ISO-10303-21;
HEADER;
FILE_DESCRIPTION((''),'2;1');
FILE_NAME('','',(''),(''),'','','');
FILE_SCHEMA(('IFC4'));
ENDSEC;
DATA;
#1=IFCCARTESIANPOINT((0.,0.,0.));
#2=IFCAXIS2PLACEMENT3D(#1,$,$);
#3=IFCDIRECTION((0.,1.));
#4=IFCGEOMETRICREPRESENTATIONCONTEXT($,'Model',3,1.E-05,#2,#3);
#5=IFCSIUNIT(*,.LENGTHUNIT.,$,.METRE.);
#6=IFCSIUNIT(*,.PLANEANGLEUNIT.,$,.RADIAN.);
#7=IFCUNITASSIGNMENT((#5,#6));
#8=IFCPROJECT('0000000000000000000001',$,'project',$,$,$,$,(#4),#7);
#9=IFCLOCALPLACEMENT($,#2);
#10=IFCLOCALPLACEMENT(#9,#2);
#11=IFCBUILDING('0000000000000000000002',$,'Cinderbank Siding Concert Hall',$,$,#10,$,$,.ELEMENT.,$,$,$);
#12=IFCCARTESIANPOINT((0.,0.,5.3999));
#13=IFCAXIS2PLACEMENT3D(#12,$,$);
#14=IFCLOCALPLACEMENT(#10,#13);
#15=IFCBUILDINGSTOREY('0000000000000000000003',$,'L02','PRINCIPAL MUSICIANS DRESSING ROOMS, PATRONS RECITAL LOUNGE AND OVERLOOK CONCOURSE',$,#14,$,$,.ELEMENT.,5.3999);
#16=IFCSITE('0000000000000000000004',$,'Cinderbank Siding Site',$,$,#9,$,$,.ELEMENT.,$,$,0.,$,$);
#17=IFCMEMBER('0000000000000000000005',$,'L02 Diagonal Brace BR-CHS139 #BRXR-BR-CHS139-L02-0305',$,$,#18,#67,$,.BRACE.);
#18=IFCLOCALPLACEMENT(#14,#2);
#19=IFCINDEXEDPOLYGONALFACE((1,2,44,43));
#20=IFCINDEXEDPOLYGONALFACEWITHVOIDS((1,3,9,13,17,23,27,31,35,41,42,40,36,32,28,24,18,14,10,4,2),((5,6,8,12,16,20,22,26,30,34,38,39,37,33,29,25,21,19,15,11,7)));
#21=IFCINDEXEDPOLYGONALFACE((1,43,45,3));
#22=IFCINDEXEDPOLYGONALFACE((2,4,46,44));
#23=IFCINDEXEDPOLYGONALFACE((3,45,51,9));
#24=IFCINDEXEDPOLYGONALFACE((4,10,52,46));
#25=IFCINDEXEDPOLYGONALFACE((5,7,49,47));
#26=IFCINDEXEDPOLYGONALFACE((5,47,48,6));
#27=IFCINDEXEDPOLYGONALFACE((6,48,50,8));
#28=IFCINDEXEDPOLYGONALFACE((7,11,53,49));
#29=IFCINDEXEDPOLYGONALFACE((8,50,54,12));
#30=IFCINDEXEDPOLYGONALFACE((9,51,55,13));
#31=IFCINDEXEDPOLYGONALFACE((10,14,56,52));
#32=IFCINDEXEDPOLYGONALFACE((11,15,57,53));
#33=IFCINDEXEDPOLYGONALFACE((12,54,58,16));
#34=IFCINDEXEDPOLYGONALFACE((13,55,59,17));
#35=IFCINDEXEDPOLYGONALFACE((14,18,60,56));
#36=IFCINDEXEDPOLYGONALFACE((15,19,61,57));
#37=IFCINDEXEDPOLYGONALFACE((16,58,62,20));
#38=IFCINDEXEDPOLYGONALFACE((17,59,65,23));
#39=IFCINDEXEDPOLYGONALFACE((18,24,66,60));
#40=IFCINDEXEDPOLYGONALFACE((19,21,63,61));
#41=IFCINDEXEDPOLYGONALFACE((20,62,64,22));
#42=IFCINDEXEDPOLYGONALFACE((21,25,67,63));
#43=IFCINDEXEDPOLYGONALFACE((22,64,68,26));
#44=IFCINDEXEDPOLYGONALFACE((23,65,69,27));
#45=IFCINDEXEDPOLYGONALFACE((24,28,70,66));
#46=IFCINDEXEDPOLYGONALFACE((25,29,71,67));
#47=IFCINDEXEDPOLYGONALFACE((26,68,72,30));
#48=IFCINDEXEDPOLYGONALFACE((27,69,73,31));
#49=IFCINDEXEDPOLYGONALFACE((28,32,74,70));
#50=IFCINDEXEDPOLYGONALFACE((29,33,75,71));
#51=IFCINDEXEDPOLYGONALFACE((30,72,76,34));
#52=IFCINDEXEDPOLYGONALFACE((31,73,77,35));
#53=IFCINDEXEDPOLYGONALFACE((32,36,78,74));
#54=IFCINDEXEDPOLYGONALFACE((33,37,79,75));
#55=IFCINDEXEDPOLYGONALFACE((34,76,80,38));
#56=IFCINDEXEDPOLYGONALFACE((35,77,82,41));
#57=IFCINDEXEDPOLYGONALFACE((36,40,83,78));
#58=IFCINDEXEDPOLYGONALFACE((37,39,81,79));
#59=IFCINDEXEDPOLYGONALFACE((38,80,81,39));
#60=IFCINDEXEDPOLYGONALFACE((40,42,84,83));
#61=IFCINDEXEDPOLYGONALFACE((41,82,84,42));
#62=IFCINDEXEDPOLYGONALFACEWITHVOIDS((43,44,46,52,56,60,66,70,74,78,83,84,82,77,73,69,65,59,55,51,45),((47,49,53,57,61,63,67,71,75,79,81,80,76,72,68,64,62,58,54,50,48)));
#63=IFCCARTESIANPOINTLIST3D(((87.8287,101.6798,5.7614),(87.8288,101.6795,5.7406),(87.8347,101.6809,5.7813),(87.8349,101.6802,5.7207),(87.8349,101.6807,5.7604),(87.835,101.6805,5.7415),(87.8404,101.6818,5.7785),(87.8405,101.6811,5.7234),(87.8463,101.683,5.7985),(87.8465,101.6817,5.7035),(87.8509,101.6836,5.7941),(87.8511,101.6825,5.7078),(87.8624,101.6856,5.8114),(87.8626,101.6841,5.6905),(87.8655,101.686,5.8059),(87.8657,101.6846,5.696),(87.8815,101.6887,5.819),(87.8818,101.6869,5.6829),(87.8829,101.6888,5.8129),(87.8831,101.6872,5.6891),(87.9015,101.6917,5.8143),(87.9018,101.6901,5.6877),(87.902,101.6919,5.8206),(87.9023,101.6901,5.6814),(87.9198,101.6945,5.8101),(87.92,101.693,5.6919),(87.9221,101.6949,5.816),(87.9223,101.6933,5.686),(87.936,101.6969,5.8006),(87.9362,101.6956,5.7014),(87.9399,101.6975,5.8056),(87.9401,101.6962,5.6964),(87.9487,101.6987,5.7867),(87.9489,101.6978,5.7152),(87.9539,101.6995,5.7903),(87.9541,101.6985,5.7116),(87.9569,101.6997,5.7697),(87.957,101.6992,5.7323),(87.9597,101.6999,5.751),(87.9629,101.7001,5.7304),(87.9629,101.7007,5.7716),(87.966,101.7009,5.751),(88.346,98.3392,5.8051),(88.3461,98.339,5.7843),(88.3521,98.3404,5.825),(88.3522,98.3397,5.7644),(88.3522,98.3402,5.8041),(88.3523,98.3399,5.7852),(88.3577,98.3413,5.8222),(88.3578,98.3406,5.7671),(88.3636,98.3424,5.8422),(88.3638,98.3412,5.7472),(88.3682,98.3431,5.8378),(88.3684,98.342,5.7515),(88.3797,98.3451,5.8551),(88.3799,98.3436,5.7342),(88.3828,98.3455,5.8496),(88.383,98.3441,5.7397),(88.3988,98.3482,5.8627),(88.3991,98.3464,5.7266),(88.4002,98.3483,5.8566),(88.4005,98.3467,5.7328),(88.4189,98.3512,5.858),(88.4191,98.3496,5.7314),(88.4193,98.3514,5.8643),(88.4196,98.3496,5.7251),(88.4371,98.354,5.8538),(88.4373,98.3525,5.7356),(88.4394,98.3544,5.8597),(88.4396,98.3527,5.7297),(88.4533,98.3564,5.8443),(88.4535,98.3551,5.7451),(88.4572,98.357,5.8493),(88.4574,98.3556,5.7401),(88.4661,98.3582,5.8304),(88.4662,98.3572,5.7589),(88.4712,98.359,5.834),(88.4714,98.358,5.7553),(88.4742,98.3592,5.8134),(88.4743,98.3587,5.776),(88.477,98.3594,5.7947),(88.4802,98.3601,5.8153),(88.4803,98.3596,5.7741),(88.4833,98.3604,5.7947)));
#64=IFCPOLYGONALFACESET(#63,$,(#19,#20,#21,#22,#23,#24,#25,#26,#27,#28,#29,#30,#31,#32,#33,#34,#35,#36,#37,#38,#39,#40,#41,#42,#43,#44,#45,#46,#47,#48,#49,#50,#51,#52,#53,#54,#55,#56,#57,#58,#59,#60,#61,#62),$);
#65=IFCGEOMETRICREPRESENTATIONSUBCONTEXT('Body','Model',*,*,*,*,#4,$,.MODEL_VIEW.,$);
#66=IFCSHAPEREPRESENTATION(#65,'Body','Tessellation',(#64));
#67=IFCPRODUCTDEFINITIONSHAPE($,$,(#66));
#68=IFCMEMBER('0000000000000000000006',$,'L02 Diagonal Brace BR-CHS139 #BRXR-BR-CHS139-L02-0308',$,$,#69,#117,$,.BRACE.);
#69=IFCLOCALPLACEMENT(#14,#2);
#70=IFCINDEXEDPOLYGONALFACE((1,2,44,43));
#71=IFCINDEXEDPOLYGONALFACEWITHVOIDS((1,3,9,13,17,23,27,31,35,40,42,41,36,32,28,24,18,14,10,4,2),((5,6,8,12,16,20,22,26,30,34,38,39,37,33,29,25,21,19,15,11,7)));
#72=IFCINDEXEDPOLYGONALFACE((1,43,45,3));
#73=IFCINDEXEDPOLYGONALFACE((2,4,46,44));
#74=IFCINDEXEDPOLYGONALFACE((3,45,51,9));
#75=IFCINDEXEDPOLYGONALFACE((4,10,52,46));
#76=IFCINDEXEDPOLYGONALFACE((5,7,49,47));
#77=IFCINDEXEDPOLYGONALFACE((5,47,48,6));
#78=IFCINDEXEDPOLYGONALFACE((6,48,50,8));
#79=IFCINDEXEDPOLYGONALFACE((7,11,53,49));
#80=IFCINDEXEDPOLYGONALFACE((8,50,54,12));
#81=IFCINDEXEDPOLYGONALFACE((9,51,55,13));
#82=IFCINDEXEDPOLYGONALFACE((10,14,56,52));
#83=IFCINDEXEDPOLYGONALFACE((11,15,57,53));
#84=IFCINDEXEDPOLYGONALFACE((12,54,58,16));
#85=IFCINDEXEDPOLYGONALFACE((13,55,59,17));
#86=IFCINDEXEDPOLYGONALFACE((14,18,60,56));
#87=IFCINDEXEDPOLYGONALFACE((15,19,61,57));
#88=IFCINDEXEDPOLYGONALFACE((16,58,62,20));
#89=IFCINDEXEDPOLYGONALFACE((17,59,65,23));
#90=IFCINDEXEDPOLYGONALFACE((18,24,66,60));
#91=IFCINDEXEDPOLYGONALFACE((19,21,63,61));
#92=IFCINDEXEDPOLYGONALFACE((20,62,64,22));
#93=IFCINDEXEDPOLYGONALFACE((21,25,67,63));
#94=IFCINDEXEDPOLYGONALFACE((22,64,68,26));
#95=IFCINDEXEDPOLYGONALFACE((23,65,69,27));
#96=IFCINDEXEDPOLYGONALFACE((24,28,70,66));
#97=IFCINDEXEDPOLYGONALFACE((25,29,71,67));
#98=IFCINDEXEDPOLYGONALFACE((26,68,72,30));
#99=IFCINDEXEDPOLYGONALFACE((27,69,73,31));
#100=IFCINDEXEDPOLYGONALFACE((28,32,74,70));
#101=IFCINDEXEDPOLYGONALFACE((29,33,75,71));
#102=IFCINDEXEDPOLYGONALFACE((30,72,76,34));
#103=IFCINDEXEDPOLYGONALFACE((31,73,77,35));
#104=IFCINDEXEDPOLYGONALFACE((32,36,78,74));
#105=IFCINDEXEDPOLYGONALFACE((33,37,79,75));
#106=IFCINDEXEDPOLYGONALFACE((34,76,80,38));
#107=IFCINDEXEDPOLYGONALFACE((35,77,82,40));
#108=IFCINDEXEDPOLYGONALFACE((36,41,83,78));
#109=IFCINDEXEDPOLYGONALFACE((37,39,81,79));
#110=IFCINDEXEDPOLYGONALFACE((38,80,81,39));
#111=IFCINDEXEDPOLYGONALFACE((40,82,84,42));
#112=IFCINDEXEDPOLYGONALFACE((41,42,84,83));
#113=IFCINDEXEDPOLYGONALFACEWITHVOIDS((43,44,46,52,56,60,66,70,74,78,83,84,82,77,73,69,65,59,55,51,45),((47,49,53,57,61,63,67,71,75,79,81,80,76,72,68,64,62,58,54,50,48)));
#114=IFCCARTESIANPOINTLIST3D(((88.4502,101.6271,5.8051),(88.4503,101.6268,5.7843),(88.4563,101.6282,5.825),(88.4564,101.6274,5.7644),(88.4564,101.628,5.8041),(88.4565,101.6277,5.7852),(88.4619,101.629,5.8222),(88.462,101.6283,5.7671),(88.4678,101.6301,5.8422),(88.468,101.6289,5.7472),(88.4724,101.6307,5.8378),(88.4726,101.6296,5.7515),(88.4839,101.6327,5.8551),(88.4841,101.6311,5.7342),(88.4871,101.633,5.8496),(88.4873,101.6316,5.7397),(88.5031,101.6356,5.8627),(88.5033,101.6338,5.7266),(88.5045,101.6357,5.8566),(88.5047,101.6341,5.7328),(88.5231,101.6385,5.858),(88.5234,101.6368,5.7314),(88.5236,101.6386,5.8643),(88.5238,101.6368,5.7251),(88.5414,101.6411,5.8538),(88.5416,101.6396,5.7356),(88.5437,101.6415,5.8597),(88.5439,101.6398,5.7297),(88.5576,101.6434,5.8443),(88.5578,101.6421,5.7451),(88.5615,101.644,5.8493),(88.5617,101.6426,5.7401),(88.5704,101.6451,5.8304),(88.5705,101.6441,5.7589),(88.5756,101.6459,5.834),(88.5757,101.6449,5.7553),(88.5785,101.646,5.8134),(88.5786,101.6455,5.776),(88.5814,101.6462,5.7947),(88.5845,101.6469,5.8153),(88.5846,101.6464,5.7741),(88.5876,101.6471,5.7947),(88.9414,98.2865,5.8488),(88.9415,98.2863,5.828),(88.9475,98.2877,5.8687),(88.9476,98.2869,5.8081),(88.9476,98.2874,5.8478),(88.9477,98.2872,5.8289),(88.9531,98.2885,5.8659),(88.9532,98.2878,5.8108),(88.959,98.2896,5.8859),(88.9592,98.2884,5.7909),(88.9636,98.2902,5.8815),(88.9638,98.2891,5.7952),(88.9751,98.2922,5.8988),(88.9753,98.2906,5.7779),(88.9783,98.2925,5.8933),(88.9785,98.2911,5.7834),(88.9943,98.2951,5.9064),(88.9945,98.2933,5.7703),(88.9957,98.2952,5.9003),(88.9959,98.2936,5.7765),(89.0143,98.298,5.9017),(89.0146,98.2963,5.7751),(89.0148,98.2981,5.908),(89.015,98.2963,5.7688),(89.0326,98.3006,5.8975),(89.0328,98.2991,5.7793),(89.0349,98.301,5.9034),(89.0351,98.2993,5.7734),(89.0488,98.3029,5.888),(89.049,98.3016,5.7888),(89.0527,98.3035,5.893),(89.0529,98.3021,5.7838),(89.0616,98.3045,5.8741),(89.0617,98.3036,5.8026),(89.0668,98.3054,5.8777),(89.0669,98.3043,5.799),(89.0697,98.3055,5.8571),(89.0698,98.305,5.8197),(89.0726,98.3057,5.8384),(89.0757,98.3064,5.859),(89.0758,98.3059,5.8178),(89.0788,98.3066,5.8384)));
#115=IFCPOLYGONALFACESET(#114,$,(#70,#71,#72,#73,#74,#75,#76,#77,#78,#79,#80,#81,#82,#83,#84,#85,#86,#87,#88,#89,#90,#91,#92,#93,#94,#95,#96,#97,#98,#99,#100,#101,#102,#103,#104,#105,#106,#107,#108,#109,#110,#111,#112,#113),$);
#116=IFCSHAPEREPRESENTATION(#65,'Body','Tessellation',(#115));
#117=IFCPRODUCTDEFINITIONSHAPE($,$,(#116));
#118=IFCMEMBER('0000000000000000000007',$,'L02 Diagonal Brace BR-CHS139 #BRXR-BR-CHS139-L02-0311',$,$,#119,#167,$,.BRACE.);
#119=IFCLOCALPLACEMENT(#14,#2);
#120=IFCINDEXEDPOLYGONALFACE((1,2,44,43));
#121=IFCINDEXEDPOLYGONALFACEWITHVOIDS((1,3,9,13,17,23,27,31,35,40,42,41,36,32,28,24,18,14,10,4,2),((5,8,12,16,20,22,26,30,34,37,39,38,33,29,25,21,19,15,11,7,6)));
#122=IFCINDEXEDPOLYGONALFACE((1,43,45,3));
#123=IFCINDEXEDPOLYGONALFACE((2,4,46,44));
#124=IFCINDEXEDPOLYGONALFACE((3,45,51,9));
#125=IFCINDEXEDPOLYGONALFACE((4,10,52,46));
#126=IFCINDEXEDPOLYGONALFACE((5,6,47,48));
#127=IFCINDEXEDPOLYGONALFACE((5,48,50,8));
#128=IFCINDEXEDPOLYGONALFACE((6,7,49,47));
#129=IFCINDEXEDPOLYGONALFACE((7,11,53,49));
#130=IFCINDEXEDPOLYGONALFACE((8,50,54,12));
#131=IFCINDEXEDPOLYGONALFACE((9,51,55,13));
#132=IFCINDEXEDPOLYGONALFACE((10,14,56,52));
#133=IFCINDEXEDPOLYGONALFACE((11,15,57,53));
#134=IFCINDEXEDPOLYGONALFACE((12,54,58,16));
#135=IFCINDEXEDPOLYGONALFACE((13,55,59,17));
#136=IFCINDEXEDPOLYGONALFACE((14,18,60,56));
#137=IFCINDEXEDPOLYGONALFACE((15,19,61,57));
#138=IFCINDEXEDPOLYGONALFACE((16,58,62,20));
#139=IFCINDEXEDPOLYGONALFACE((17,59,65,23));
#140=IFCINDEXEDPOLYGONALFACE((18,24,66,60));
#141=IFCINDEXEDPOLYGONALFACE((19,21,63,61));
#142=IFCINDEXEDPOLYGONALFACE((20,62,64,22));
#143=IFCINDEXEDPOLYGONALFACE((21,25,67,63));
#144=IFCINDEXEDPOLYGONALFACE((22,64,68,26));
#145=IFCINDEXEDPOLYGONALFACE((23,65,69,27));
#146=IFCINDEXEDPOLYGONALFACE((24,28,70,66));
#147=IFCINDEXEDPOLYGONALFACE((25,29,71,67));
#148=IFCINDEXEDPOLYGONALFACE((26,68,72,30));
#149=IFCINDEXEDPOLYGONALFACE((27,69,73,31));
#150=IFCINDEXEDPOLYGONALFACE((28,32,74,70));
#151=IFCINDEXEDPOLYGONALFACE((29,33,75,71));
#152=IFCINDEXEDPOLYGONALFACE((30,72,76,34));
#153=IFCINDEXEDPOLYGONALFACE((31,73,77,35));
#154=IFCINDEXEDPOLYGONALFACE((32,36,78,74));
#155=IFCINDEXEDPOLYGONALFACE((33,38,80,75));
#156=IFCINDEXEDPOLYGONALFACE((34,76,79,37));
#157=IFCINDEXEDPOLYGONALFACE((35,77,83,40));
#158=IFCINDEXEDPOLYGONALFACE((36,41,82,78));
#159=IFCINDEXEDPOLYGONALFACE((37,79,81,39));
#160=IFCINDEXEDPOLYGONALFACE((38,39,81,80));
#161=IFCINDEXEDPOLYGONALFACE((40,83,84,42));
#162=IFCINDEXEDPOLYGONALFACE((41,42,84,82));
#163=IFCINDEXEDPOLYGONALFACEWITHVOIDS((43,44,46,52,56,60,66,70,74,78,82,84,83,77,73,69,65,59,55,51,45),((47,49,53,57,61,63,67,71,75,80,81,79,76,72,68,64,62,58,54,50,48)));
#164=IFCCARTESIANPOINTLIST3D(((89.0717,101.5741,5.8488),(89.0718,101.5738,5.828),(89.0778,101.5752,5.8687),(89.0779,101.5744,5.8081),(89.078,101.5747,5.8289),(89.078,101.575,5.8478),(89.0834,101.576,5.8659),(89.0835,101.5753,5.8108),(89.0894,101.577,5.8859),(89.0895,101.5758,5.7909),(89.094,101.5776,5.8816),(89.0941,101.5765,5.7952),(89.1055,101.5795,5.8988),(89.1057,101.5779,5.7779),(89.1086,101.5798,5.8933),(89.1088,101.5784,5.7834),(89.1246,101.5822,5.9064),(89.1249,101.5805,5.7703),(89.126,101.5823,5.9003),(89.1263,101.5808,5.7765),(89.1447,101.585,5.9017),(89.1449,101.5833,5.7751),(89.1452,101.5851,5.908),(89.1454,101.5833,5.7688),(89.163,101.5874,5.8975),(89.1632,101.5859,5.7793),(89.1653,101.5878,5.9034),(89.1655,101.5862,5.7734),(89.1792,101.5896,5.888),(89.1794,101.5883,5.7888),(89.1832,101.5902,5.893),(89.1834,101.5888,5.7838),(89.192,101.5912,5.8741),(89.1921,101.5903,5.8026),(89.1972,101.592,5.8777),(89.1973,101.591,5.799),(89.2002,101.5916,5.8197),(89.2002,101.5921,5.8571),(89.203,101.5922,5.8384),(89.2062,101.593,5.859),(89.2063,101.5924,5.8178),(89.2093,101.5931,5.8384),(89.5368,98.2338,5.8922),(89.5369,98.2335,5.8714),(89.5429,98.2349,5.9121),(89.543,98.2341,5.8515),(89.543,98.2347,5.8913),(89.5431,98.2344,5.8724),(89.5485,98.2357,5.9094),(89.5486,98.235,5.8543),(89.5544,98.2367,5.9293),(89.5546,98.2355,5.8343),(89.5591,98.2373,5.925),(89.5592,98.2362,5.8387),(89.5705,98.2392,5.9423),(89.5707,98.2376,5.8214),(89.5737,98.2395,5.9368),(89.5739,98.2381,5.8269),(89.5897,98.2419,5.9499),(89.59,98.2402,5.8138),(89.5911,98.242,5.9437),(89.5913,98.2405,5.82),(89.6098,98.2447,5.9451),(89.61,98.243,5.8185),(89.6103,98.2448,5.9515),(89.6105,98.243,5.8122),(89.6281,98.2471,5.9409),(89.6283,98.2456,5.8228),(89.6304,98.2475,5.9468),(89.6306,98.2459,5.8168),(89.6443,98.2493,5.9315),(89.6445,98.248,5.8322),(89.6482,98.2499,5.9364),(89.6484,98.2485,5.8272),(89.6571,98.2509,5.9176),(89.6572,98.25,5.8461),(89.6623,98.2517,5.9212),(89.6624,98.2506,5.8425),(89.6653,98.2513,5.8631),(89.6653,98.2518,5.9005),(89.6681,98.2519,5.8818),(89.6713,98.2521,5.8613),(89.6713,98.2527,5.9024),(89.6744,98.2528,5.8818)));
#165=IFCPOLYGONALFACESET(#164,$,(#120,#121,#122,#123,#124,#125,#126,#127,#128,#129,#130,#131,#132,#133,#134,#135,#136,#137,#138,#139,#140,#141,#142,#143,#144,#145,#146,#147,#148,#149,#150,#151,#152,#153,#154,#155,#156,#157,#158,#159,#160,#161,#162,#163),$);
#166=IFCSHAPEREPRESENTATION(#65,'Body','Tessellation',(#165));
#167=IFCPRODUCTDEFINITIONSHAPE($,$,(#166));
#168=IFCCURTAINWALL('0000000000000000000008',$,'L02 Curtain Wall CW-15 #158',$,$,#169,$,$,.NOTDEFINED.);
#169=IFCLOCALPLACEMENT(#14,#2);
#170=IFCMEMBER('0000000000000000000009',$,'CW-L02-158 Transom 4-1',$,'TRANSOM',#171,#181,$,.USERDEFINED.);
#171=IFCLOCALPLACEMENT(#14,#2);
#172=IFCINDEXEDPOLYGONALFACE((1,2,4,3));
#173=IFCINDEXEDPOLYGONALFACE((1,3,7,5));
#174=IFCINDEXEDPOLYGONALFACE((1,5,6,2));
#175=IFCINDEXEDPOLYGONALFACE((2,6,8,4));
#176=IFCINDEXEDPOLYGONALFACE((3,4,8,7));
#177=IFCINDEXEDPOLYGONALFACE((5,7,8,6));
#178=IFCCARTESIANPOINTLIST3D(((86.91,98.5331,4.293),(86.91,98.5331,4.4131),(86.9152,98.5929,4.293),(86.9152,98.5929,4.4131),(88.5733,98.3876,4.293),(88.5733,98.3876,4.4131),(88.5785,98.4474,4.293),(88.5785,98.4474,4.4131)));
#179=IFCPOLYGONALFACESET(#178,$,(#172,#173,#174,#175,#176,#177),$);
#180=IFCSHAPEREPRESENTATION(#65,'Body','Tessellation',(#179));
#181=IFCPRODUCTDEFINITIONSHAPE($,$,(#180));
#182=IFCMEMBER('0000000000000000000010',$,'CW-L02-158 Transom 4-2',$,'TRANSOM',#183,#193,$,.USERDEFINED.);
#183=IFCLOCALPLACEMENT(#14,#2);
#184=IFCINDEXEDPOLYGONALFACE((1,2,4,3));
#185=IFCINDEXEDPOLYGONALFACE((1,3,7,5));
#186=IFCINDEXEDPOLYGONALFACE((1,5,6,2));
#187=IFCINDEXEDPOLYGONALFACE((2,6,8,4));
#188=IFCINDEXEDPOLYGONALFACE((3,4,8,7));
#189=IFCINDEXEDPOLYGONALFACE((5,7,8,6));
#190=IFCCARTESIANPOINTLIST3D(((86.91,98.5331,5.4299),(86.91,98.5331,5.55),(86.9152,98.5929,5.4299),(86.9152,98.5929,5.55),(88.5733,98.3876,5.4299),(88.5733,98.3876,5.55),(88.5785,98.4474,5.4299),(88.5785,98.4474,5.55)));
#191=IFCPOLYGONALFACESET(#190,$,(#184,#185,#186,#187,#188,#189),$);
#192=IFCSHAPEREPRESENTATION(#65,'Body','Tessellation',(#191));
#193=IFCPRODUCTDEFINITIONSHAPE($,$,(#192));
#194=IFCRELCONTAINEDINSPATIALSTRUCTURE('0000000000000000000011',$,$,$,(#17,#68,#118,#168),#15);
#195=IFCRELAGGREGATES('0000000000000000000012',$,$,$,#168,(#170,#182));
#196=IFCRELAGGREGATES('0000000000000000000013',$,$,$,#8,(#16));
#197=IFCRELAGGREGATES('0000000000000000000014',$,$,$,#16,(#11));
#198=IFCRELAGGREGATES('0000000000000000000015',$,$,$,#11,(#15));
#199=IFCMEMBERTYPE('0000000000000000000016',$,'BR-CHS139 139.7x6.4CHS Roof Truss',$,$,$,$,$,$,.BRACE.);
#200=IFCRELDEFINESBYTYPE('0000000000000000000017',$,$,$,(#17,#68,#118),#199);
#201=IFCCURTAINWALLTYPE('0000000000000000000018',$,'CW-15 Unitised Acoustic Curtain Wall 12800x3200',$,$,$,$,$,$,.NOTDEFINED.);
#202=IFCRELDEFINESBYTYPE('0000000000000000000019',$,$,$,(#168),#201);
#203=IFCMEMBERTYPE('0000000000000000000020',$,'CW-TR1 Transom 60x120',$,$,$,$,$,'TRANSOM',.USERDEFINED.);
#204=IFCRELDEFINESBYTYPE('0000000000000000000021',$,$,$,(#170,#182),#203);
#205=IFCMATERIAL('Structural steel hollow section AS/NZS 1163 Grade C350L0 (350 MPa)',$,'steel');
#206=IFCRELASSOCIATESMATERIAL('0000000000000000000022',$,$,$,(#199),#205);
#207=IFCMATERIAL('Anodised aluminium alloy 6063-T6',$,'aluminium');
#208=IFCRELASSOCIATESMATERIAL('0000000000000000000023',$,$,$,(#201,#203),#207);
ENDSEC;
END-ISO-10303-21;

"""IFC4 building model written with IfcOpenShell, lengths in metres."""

from ifc_helpers import new_model, si_unit, direction, frame, origin, origin_2d, place, context, subcontext, project, spatial, rectangle, hollow_circle, extrude, material, material_profile, profile_set, type_object, element, aggregate, save


model = new_model("IFC4")

# Units and contexts
model_context = context("Model", 3, precision=1e-05, world=origin(), true_north=direction((0.0, 1.0)))
body_context = subcontext(model_context, "Body", "Model", "MODEL_VIEW")
ifc_project = project(units=[si_unit("LENGTHUNIT", "METRE"), si_unit("PLANEANGLEUNIT", "RADIAN")], contexts=[model_context])

# Site, building, storey
site_placement = place(None, origin())
site = spatial("IfcSite", under=ifc_project, at=site_placement, Name="Cinderbank Siding Site", CompositionType="ELEMENT", RefElevation=0.0)
building_placement = place(site_placement, origin())
building = spatial("IfcBuilding", under=site, at=building_placement, Name="Cinderbank Siding Concert Hall", CompositionType="ELEMENT")
storey_placement = place(building_placement, frame((0.0, 0.0, 5.3999)))
storey = spatial("IfcBuildingStorey", under=building, at=storey_placement, Name="L02", Description="PRINCIPAL MUSICIANS DRESSING ROOMS, PATRONS RECITAL LOUNGE AND OVERLOOK CONCOURSE", CompositionType="ELEMENT", Elevation=5.3999)

# Members
ifc_material_1 = material(Name="Structural steel hollow section AS/NZS 1163 Grade C350L0 (350 MPa)", Category="steel")
ifc_material_profile_1 = material_profile(ifc_material_1, hollow_circle(Radius=0.0698, WallThickness=0.0063, at=origin_2d()), Name="139.7x6.4CHS", Category="LoadBearing")
ifc_profile_set_1 = profile_set([ifc_material_profile_1], Name="Structural steel hollow section AS/NZS 1163 Grade C350L0 (350 MPa)")
member_type_1 = type_object("IfcMemberType", Name="BR-CHS139 139.7x6.4CHS Roof Truss", PredefinedType="BRACE", material=ifc_profile_set_1)
member_1_placement = place(storey_placement, frame((87.897, 101.6902, 5.751), z_axis=(0.153027, -0.988138, 0.012927), x_axis=(0.98822, 0.153039, 0.0)))
element("IfcMember", 1, at=member_1_placement, inside=storey, type_object=member_type_1, Name="L02 Diagonal Brace BR-CHS139 #BRXR-BR-CHS139-L02-0305", PredefinedType="BRACE", context=body_context, shape_type="SweptSolid", body=[
    extrude(hollow_circle(Radius=0.0698, WallThickness=0.0063, at=origin_2d()), origin(), (0.0, 0.0, 1.0), 3.3806),
])
member_2_placement = place(storey_placement, frame((88.5186, 101.637, 5.7947), z_axis=(0.145467, -0.989278, 0.012942), x_axis=(0.989361, 0.145479, 0.0)))
element("IfcMember", 2, at=member_2_placement, inside=storey, type_object=member_type_1, Name="L02 Diagonal Brace BR-CHS139 #BRXR-BR-CHS139-L02-0308", PredefinedType="BRACE", context=body_context, shape_type="SweptSolid", body=[
    extrude(hollow_circle(Radius=0.0698, WallThickness=0.0063, at=origin_2d()), origin(), (0.0, 0.0, 1.0), 3.3767),
])
member_3_placement = place(storey_placement, frame((89.1401, 101.5835, 5.8384), z_axis=(0.137892, -0.990363, 0.012884), x_axis=(0.990446, 0.137904, 0.0)))
element("IfcMember", 3, at=member_3_placement, inside=storey, type_object=member_type_1, Name="L02 Diagonal Brace BR-CHS139 #BRXR-BR-CHS139-L02-0311", PredefinedType="BRACE", context=body_context, shape_type="SweptSolid", body=[
    extrude(hollow_circle(Radius=0.0698, WallThickness=0.0063, at=origin_2d()), origin(), (0.0, 0.0, 1.0), 3.3728),
])

# Curtain wall, members
ifc_material_2 = material(Name="Anodised aluminium alloy 6063-T6", Category="aluminium")
curtain_wall_type = type_object("IfcCurtainWallType", Name="CW-15 Unitised Acoustic Curtain Wall 12800x3200", PredefinedType="NOTDEFINED", material=ifc_material_2)
curtain_wall_1_placement = place(storey_placement, origin())
curtain_wall_1 = element("IfcCurtainWall", 4, at=curtain_wall_1_placement, inside=storey, type_object=curtain_wall_type, Name="L02 Curtain Wall CW-15 #158", PredefinedType="NOTDEFINED")
ifc_material_profile_2 = material_profile(ifc_material_2, rectangle(XDim=0.0601, YDim=0.1201, at=origin_2d()), Name="ALU-TRAN-60x120", Category="LoadBearing")
ifc_profile_set_2 = profile_set([ifc_material_profile_2], Name="Anodised aluminium alloy 6063-T6")
member_type_2 = type_object("IfcMemberType", Name="CW-TR1 Transom 60x120", ElementType="TRANSOM", PredefinedType="USERDEFINED", material=ifc_profile_set_2)
member_4_placement = place(storey_placement, frame((86.9126, 98.563, 4.353), z_axis=(0.996195, -0.087147, 0.0), x_axis=(0.087147, 0.996195, 0.0)))
member_4 = element("IfcMember", 5, at=member_4_placement, type_object=member_type_2, Name="CW-L02-158 Transom 4-1", ObjectType="TRANSOM", PredefinedType="USERDEFINED", context=body_context, shape_type="SweptSolid", body=[
    extrude(rectangle(XDim=0.0601, YDim=0.1201, at=origin_2d()), origin(), (0.0, 0.0, 1.0), 1.6697),
])
member_5_placement = place(storey_placement, frame((86.9126, 98.563, 5.49), z_axis=(0.996195, -0.087147, 0.0), x_axis=(0.087147, 0.996195, 0.0)))
member_5 = element("IfcMember", 6, at=member_5_placement, type_object=member_type_2, Name="CW-L02-158 Transom 4-2", ObjectType="TRANSOM", PredefinedType="USERDEFINED", context=body_context, shape_type="SweptSolid", body=[
    extrude(rectangle(XDim=0.0601, YDim=0.1201, at=origin_2d()), origin(), (0.0, 0.0, 1.0), 1.6697),
])

aggregate(curtain_wall_1, [member_4, member_5])

save(model, "model.ifc")
